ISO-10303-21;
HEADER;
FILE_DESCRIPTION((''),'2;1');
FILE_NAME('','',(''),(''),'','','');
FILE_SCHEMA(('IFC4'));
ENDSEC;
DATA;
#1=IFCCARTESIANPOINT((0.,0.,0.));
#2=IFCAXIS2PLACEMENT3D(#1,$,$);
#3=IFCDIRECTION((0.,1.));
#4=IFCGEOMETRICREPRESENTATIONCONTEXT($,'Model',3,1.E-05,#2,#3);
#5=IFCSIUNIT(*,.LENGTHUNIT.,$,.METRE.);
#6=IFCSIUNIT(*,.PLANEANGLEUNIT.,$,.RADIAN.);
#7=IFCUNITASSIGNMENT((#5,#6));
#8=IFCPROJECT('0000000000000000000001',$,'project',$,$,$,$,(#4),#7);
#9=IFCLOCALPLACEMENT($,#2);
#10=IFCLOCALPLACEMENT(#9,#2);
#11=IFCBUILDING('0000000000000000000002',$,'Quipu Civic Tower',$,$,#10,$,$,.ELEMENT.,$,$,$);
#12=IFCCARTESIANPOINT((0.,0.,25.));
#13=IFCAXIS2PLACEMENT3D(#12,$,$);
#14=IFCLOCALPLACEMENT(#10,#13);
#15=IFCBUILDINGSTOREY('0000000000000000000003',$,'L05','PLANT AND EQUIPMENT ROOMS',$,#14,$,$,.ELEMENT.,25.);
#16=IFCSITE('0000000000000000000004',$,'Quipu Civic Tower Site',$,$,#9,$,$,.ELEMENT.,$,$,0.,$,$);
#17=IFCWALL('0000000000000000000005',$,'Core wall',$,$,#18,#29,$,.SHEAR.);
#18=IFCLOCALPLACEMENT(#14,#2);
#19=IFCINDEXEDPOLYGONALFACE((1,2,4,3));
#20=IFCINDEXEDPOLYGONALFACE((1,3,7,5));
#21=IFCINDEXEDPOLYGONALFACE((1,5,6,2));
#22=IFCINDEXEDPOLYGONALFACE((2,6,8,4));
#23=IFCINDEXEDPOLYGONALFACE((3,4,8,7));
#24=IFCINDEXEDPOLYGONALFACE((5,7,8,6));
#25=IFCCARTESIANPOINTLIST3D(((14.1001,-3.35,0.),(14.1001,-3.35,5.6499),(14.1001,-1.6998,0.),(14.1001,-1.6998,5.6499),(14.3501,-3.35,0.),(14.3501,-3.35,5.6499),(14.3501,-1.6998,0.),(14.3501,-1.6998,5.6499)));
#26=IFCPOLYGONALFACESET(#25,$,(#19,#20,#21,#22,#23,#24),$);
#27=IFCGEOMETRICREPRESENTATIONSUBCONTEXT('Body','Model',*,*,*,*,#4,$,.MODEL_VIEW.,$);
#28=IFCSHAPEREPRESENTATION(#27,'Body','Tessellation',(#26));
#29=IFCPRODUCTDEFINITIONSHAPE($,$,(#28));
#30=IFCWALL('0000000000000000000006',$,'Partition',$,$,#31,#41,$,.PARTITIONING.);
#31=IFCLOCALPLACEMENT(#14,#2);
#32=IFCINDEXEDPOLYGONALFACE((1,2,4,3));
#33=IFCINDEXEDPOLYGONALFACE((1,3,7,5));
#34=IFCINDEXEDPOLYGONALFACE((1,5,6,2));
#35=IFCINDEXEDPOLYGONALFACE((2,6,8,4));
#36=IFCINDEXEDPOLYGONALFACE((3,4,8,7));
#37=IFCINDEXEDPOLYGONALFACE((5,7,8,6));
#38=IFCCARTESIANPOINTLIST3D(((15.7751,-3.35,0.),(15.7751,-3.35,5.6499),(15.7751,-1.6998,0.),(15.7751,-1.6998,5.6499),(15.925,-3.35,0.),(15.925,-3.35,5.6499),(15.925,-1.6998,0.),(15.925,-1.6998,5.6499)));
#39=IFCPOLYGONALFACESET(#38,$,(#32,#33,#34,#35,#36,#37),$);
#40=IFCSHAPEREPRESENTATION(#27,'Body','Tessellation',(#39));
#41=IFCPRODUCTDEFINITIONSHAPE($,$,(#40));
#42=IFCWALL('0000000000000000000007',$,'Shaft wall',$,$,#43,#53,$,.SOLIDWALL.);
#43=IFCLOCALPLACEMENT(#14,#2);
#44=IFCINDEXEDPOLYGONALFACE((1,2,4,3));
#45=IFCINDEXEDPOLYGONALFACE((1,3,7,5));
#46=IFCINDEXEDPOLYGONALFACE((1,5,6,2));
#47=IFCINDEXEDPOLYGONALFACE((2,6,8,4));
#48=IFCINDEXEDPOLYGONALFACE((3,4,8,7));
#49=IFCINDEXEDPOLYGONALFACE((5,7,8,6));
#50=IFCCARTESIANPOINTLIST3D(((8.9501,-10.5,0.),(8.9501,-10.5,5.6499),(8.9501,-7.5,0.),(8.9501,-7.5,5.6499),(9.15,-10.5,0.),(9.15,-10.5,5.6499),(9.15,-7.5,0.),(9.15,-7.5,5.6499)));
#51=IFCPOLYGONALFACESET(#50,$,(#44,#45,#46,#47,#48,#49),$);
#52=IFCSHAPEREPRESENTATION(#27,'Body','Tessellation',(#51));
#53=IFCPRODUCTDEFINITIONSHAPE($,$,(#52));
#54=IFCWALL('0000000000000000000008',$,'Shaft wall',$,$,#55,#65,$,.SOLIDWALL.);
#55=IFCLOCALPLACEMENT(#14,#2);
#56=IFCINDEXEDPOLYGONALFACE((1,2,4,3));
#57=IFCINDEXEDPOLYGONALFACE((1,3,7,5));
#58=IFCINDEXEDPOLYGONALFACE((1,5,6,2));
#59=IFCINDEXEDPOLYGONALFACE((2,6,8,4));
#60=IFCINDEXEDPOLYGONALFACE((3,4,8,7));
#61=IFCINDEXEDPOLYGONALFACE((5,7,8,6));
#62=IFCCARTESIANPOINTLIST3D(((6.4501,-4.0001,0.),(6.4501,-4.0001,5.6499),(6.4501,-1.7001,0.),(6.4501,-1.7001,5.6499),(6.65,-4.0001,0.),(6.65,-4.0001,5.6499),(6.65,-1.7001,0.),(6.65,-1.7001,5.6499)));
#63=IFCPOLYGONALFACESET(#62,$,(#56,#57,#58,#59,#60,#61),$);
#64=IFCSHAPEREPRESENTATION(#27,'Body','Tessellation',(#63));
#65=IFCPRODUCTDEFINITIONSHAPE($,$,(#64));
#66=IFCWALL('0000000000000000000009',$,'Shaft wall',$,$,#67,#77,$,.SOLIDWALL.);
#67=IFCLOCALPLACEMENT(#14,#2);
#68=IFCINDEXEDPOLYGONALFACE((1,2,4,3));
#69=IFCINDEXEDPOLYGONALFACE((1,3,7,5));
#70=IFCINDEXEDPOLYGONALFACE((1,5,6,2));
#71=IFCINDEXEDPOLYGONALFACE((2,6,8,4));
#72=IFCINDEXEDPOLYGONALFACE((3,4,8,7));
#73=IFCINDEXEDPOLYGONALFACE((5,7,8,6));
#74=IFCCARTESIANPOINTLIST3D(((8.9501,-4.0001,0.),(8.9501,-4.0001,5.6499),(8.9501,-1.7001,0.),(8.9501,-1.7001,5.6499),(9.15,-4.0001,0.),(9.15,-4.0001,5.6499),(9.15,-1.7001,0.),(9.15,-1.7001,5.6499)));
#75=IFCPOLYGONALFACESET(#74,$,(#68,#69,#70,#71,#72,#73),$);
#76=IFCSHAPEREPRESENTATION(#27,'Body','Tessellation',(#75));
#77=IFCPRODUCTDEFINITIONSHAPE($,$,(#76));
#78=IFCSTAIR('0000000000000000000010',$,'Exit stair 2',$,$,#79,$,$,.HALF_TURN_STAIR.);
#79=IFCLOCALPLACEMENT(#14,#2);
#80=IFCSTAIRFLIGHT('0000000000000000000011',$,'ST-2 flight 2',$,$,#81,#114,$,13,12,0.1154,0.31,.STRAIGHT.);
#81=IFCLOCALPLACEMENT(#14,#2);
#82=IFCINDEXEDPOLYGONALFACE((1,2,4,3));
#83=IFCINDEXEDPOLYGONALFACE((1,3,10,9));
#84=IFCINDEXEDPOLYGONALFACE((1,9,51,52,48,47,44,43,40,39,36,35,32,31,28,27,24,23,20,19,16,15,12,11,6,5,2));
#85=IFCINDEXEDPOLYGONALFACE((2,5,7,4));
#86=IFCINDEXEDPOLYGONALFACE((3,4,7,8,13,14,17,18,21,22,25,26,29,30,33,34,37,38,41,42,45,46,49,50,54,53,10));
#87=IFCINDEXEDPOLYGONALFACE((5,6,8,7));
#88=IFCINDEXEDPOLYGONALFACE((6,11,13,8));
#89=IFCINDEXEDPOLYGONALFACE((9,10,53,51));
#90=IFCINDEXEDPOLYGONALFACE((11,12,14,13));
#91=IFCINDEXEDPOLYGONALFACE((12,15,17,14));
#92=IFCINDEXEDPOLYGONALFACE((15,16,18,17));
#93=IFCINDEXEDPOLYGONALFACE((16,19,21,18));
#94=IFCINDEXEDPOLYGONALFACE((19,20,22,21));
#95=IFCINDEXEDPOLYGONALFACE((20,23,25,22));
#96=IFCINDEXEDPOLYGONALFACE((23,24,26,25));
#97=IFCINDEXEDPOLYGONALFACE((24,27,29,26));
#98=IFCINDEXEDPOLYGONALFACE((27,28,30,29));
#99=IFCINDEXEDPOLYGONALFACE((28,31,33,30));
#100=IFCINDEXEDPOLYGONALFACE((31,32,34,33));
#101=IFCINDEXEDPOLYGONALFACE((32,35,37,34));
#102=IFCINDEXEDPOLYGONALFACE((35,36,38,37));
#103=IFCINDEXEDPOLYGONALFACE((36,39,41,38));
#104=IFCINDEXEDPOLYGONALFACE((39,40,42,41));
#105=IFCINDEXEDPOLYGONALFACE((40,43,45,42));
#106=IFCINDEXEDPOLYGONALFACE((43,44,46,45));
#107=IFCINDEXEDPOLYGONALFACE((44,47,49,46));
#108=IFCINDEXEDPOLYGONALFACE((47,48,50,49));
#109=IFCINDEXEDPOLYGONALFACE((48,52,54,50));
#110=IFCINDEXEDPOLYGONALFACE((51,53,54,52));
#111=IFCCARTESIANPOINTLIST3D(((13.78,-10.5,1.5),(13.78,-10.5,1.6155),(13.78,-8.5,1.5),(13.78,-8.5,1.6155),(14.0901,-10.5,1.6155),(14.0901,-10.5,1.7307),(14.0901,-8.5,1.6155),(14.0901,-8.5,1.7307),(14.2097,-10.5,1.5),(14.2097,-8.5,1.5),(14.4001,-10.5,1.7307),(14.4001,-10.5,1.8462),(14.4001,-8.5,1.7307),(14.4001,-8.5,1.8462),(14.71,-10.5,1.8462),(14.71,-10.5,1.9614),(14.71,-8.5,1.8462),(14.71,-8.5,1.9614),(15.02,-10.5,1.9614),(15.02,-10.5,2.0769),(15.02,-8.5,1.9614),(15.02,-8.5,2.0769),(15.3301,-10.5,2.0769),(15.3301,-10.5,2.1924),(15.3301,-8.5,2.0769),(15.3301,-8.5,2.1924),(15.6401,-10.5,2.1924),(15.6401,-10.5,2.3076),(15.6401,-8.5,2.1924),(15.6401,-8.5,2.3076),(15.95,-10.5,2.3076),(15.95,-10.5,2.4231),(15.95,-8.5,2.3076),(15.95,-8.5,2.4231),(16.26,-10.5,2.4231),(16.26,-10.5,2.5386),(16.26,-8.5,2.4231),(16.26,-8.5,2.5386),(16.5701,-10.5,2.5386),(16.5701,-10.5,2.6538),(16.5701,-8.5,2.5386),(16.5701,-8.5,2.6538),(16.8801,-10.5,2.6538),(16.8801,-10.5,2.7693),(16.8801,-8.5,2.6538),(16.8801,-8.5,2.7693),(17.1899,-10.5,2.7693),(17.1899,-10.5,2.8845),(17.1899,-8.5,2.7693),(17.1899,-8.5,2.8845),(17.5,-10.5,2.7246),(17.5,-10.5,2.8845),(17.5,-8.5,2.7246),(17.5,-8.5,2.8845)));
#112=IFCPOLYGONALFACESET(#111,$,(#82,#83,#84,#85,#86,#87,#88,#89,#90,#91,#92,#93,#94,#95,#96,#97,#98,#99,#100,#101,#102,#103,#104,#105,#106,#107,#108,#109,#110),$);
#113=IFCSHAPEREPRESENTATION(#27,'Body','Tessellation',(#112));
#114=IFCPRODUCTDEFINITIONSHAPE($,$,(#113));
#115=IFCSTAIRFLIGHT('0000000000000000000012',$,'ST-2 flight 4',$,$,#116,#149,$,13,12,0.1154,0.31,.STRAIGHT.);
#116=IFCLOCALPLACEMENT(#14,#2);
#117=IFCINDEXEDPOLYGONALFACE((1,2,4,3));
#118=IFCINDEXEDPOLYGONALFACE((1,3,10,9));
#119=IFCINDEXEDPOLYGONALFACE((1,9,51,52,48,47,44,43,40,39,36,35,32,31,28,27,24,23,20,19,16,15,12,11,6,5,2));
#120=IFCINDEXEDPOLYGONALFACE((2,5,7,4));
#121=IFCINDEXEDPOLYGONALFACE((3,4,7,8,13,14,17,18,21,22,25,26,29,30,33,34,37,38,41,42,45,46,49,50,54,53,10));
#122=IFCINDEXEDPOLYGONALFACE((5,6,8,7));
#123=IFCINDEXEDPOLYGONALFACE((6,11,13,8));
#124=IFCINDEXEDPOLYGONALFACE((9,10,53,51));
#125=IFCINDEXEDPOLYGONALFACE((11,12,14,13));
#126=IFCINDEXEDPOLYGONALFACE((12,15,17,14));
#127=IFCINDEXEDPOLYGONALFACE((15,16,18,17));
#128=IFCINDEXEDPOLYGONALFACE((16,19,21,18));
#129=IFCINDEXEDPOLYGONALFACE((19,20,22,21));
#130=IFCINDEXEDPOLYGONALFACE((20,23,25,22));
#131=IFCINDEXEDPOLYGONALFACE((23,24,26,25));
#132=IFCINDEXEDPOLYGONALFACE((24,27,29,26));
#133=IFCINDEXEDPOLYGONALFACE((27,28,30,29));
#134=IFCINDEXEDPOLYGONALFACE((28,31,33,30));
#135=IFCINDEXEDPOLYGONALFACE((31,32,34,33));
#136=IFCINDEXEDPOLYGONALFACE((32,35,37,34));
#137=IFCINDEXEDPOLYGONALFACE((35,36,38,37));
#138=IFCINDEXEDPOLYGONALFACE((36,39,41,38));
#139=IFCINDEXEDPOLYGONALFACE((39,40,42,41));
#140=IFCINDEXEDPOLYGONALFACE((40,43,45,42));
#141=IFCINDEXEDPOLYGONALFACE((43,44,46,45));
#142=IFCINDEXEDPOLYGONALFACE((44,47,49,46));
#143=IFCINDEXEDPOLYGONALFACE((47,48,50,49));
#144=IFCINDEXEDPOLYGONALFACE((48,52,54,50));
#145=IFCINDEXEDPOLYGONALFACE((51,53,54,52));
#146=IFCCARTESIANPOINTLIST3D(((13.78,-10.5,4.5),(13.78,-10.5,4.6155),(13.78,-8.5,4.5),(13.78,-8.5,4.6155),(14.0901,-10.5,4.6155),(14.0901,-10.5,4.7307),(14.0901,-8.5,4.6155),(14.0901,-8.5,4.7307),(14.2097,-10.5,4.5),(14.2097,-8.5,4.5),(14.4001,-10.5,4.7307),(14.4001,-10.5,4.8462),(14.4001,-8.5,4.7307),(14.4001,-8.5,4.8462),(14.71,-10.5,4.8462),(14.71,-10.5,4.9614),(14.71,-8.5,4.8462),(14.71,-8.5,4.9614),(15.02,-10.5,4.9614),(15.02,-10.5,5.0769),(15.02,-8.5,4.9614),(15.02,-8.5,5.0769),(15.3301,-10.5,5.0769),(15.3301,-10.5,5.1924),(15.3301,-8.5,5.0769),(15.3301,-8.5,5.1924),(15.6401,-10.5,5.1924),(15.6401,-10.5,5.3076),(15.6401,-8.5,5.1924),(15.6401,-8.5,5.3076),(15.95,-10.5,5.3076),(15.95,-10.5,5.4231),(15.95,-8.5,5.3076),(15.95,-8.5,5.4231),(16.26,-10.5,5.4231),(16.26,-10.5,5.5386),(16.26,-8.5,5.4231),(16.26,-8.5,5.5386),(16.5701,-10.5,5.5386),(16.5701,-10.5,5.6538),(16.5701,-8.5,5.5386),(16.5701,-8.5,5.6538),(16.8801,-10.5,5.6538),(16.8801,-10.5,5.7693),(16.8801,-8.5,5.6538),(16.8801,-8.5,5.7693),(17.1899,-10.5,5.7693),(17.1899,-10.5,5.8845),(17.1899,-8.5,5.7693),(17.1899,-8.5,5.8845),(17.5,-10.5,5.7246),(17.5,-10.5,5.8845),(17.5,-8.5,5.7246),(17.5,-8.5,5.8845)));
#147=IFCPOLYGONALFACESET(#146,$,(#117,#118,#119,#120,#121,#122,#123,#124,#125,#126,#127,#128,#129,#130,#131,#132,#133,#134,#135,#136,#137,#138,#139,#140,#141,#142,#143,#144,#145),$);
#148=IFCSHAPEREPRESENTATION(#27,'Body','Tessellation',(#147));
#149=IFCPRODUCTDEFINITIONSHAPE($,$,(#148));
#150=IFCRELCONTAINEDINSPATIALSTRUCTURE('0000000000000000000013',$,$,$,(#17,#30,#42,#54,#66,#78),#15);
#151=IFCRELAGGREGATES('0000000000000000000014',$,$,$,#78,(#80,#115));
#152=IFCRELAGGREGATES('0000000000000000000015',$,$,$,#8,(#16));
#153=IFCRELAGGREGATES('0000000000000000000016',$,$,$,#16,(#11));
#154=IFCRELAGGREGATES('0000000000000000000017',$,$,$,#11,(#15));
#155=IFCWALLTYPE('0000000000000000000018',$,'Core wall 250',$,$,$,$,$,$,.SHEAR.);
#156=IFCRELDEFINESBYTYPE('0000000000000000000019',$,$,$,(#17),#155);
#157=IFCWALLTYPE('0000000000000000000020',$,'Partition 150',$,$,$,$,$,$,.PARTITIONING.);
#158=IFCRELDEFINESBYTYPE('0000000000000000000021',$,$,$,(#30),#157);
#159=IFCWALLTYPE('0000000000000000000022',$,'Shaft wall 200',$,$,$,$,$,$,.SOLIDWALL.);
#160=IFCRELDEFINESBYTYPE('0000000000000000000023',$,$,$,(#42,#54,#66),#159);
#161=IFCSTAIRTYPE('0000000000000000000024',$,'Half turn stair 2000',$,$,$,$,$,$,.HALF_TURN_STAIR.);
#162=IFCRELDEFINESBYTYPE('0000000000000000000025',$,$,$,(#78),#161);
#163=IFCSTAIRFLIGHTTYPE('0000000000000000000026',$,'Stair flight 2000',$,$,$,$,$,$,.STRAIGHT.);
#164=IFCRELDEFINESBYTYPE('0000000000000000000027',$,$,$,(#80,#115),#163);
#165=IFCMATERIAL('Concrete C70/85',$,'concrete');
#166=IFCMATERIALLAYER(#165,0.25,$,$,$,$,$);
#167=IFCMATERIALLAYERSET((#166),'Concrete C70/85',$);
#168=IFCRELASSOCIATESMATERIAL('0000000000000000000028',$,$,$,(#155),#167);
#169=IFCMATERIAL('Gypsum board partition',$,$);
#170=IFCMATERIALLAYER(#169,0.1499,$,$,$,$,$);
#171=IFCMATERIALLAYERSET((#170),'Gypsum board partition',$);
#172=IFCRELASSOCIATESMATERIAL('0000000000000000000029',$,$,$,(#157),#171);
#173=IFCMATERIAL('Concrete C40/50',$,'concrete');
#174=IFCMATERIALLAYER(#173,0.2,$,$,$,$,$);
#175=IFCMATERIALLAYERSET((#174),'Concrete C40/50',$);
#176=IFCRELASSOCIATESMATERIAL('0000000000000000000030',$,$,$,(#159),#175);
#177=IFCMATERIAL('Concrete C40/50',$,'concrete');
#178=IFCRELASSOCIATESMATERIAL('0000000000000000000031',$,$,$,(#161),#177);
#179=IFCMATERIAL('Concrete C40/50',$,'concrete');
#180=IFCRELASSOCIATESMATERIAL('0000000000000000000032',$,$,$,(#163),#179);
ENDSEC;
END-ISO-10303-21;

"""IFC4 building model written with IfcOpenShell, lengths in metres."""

from ifc_helpers import new_model, si_unit, direction, frame, frame_2d, origin, place, context, subcontext, project, spatial, polyline, rectangle, outline, extrude, material, layer, layer_set, type_object, element, aggregate, save


model = new_model("IFC4")

# Units and contexts
model_context = context("Model", 3, precision=1e-05, world=origin(), true_north=direction((0.0, 1.0)))
body_context = subcontext(model_context, "Body", "Model", "MODEL_VIEW")
ifc_project = project(units=[si_unit("LENGTHUNIT", "METRE"), si_unit("PLANEANGLEUNIT", "RADIAN")], contexts=[model_context])

# Site, building, storey
site_placement = place(None, origin())
site = spatial("IfcSite", under=ifc_project, at=site_placement, Name="Quipu Civic Tower Site", CompositionType="ELEMENT", RefElevation=0.0)
building_placement = place(site_placement, origin())
building = spatial("IfcBuilding", under=site, at=building_placement, Name="Quipu Civic Tower", CompositionType="ELEMENT")
storey_placement = place(building_placement, frame((0.0, 0.0, 25.0)))
storey = spatial("IfcBuildingStorey", under=building, at=storey_placement, Name="L05", Description="PLANT AND EQUIPMENT ROOMS", CompositionType="ELEMENT", Elevation=25.0)

# Shared definitions
ifc_material_1 = material(Name="Concrete C70/85", Category="concrete")
ifc_layer_1 = layer(ifc_material_1, 0.25)
ifc_layer_set_1 = layer_set([ifc_layer_1], Name="Concrete C70/85")
wall_type_1 = type_object("IfcWallType", Name="Core wall 250", PredefinedType="SHEAR", material=ifc_layer_set_1)

# Walls
wall_1_placement = place(storey_placement, frame((14.2251, -3.3501, 0.0), z_axis=(0.0, 0.0, 1.0), x_axis=(0.0, 1.0, 0.0)))
element("IfcWall", 1, at=wall_1_placement, inside=storey, type_object=wall_type_1, Name="Core wall", PredefinedType="SHEAR", context=body_context, shape_type="SweptSolid", body=[
    extrude(rectangle(XDim=1.6501, YDim=0.25, at=frame_2d((0.8252, 0.0))), origin(), (0.0, 0.0, 1.0), 5.6499),
])
ifc_material_2 = material(Name="Gypsum board partition")
ifc_layer_2 = layer(ifc_material_2, 0.1499)
ifc_layer_set_2 = layer_set([ifc_layer_2], Name="Gypsum board partition")
wall_type_2 = type_object("IfcWallType", Name="Partition 150", PredefinedType="PARTITIONING", material=ifc_layer_set_2)
wall_2_placement = place(storey_placement, frame((15.8501, -3.3501, 0.0), z_axis=(0.0, 0.0, 1.0), x_axis=(0.0, 1.0, 0.0)))
element("IfcWall", 2, at=wall_2_placement, inside=storey, type_object=wall_type_2, Name="Partition", PredefinedType="PARTITIONING", context=body_context, shape_type="SweptSolid", body=[
    extrude(rectangle(XDim=1.6501, YDim=0.1499, at=frame_2d((0.8252, 0.0))), origin(), (0.0, 0.0, 1.0), 5.6499),
])
ifc_material_3 = material(Name="Concrete C40/50", Category="concrete")
ifc_layer_3 = layer(ifc_material_3, 0.2)
ifc_layer_set_3 = layer_set([ifc_layer_3], Name="Concrete C40/50")
wall_type_3 = type_object("IfcWallType", Name="Shaft wall 200", PredefinedType="SOLIDWALL", material=ifc_layer_set_3)
wall_3_placement = place(storey_placement, frame((9.05, -10.5, 0.0), z_axis=(0.0, 0.0, 1.0), x_axis=(0.0, 1.0, 0.0)))
element("IfcWall", 3, at=wall_3_placement, inside=storey, type_object=wall_type_3, Name="Shaft wall", PredefinedType="SOLIDWALL", context=body_context, shape_type="SweptSolid", body=[
    extrude(rectangle(XDim=3.0, YDim=0.2, at=frame_2d((1.5, 0.0))), origin(), (0.0, 0.0, 1.0), 5.6499),
])
for number, where, z_axis, x_axis, name in (
    (4, (6.55, -4.0, 0.0), (0.0, 0.0, 1.0), (0.0, 1.0, 0.0), "Shaft wall"),
    (5, (9.05, -4.0, 0.0), (0.0, 0.0, 1.0), (0.0, 1.0, 0.0), "Shaft wall"),
):
    element("IfcWall", number, at=place(storey_placement, frame(where, z_axis=z_axis, x_axis=x_axis)), inside=storey, type_object=wall_type_3, Name=name, PredefinedType="SOLIDWALL", context=body_context, shape_type="SweptSolid", body=[
        extrude(rectangle(XDim=2.3, YDim=0.2, at=frame_2d((1.1499, 0.0))), origin(), (0.0, 0.0, 1.0), 5.6499),
    ])

# Stair, stair flights
ifc_material_4 = material(Name="Concrete C40/50", Category="concrete")
stair_type = type_object("IfcStairType", Name="Half turn stair 2000", PredefinedType="HALF_TURN_STAIR", material=ifc_material_4)
stair_placement = place(storey_placement, origin())
stair = element("IfcStair", 6, at=stair_placement, inside=storey, type_object=stair_type, Name="Exit stair 2", PredefinedType="HALF_TURN_STAIR")
ifc_material_5 = material(Name="Concrete C40/50", Category="concrete")
stair_flight_type = type_object("IfcStairFlightType", Name="Stair flight 2000", PredefinedType="STRAIGHT", material=ifc_material_5)
stair_flight_1_placement = place(storey_placement, frame((13.78, -9.5, 1.5), z_axis=(0.0, 0.0, 1.0), x_axis=(1.0, 0.0, 0.0)))
stair_flight_1 = element("IfcStairFlight", 7, at=stair_flight_1_placement, type_object=stair_flight_type, Name="ST-2 flight 2", NumberOfRisers=13, NumberOfTreads=12, PredefinedType="STRAIGHT", RiserHeight=0.1154, TreadLength=0.31, context=body_context, shape_type="SweptSolid", body=[
    extrude(outline(polyline([(0.0, 0.0), (0.0, 0.1155), (0.3101, 0.1155), (0.3101, 0.2307), (0.6201, 0.2307), (0.6201, 0.3462), (0.9299, 0.3462), (0.9299, 0.4614), (1.24, 0.4614), (1.24, 0.5769), (1.55, 0.5769), (1.55, 0.6924), (1.8601, 0.6924), (1.8601, 0.8076), (2.1699, 0.8076), (2.1699, 0.9231), (2.48, 0.9231), (2.48, 1.0386), (2.79, 1.0386), (2.79, 1.1538), (3.1001, 1.1538), (3.1001, 1.2693), (3.4099, 1.2693), (3.4099, 1.3845), (3.72, 1.3845), (3.72, 1.5), (3.72, 1.2246), (0.4297, 0.0), (0.0, 0.0)])), frame((0.0, 1.0, 0.0), z_axis=(0.0, -1.0, 0.0), x_axis=(1.0, 0.0, 0.0)), (0.0, 0.0, 1.0), 2.0),
])
stair_flight_2_placement = place(storey_placement, frame((13.78, -9.5, 4.5), z_axis=(0.0, 0.0, 1.0), x_axis=(1.0, 0.0, 0.0)))
stair_flight_2 = element("IfcStairFlight", 8, at=stair_flight_2_placement, type_object=stair_flight_type, Name="ST-2 flight 4", NumberOfRisers=13, NumberOfTreads=12, PredefinedType="STRAIGHT", RiserHeight=0.1154, TreadLength=0.31, context=body_context, shape_type="SweptSolid", body=[
    extrude(outline(polyline([(0.0, 0.0), (0.0, 0.1155), (0.3101, 0.1155), (0.3101, 0.2307), (0.6201, 0.2307), (0.6201, 0.3462), (0.9299, 0.3462), (0.9299, 0.4614), (1.24, 0.4614), (1.24, 0.5769), (1.55, 0.5769), (1.55, 0.6924), (1.8601, 0.6924), (1.8601, 0.8076), (2.1699, 0.8076), (2.1699, 0.9231), (2.48, 0.9231), (2.48, 1.0386), (2.79, 1.0386), (2.79, 1.1538), (3.1001, 1.1538), (3.1001, 1.2693), (3.4099, 1.2693), (3.4099, 1.3845), (3.72, 1.3845), (3.72, 1.5), (3.72, 1.2246), (0.4297, 0.0), (0.0, 0.0)])), frame((0.0, 1.0, 0.0), z_axis=(0.0, -1.0, 0.0), x_axis=(1.0, 0.0, 0.0)), (0.0, 0.0, 1.0), 2.0),
])
aggregate(stair, [stair_flight_1, stair_flight_2])

save(model, "model.ifc")
